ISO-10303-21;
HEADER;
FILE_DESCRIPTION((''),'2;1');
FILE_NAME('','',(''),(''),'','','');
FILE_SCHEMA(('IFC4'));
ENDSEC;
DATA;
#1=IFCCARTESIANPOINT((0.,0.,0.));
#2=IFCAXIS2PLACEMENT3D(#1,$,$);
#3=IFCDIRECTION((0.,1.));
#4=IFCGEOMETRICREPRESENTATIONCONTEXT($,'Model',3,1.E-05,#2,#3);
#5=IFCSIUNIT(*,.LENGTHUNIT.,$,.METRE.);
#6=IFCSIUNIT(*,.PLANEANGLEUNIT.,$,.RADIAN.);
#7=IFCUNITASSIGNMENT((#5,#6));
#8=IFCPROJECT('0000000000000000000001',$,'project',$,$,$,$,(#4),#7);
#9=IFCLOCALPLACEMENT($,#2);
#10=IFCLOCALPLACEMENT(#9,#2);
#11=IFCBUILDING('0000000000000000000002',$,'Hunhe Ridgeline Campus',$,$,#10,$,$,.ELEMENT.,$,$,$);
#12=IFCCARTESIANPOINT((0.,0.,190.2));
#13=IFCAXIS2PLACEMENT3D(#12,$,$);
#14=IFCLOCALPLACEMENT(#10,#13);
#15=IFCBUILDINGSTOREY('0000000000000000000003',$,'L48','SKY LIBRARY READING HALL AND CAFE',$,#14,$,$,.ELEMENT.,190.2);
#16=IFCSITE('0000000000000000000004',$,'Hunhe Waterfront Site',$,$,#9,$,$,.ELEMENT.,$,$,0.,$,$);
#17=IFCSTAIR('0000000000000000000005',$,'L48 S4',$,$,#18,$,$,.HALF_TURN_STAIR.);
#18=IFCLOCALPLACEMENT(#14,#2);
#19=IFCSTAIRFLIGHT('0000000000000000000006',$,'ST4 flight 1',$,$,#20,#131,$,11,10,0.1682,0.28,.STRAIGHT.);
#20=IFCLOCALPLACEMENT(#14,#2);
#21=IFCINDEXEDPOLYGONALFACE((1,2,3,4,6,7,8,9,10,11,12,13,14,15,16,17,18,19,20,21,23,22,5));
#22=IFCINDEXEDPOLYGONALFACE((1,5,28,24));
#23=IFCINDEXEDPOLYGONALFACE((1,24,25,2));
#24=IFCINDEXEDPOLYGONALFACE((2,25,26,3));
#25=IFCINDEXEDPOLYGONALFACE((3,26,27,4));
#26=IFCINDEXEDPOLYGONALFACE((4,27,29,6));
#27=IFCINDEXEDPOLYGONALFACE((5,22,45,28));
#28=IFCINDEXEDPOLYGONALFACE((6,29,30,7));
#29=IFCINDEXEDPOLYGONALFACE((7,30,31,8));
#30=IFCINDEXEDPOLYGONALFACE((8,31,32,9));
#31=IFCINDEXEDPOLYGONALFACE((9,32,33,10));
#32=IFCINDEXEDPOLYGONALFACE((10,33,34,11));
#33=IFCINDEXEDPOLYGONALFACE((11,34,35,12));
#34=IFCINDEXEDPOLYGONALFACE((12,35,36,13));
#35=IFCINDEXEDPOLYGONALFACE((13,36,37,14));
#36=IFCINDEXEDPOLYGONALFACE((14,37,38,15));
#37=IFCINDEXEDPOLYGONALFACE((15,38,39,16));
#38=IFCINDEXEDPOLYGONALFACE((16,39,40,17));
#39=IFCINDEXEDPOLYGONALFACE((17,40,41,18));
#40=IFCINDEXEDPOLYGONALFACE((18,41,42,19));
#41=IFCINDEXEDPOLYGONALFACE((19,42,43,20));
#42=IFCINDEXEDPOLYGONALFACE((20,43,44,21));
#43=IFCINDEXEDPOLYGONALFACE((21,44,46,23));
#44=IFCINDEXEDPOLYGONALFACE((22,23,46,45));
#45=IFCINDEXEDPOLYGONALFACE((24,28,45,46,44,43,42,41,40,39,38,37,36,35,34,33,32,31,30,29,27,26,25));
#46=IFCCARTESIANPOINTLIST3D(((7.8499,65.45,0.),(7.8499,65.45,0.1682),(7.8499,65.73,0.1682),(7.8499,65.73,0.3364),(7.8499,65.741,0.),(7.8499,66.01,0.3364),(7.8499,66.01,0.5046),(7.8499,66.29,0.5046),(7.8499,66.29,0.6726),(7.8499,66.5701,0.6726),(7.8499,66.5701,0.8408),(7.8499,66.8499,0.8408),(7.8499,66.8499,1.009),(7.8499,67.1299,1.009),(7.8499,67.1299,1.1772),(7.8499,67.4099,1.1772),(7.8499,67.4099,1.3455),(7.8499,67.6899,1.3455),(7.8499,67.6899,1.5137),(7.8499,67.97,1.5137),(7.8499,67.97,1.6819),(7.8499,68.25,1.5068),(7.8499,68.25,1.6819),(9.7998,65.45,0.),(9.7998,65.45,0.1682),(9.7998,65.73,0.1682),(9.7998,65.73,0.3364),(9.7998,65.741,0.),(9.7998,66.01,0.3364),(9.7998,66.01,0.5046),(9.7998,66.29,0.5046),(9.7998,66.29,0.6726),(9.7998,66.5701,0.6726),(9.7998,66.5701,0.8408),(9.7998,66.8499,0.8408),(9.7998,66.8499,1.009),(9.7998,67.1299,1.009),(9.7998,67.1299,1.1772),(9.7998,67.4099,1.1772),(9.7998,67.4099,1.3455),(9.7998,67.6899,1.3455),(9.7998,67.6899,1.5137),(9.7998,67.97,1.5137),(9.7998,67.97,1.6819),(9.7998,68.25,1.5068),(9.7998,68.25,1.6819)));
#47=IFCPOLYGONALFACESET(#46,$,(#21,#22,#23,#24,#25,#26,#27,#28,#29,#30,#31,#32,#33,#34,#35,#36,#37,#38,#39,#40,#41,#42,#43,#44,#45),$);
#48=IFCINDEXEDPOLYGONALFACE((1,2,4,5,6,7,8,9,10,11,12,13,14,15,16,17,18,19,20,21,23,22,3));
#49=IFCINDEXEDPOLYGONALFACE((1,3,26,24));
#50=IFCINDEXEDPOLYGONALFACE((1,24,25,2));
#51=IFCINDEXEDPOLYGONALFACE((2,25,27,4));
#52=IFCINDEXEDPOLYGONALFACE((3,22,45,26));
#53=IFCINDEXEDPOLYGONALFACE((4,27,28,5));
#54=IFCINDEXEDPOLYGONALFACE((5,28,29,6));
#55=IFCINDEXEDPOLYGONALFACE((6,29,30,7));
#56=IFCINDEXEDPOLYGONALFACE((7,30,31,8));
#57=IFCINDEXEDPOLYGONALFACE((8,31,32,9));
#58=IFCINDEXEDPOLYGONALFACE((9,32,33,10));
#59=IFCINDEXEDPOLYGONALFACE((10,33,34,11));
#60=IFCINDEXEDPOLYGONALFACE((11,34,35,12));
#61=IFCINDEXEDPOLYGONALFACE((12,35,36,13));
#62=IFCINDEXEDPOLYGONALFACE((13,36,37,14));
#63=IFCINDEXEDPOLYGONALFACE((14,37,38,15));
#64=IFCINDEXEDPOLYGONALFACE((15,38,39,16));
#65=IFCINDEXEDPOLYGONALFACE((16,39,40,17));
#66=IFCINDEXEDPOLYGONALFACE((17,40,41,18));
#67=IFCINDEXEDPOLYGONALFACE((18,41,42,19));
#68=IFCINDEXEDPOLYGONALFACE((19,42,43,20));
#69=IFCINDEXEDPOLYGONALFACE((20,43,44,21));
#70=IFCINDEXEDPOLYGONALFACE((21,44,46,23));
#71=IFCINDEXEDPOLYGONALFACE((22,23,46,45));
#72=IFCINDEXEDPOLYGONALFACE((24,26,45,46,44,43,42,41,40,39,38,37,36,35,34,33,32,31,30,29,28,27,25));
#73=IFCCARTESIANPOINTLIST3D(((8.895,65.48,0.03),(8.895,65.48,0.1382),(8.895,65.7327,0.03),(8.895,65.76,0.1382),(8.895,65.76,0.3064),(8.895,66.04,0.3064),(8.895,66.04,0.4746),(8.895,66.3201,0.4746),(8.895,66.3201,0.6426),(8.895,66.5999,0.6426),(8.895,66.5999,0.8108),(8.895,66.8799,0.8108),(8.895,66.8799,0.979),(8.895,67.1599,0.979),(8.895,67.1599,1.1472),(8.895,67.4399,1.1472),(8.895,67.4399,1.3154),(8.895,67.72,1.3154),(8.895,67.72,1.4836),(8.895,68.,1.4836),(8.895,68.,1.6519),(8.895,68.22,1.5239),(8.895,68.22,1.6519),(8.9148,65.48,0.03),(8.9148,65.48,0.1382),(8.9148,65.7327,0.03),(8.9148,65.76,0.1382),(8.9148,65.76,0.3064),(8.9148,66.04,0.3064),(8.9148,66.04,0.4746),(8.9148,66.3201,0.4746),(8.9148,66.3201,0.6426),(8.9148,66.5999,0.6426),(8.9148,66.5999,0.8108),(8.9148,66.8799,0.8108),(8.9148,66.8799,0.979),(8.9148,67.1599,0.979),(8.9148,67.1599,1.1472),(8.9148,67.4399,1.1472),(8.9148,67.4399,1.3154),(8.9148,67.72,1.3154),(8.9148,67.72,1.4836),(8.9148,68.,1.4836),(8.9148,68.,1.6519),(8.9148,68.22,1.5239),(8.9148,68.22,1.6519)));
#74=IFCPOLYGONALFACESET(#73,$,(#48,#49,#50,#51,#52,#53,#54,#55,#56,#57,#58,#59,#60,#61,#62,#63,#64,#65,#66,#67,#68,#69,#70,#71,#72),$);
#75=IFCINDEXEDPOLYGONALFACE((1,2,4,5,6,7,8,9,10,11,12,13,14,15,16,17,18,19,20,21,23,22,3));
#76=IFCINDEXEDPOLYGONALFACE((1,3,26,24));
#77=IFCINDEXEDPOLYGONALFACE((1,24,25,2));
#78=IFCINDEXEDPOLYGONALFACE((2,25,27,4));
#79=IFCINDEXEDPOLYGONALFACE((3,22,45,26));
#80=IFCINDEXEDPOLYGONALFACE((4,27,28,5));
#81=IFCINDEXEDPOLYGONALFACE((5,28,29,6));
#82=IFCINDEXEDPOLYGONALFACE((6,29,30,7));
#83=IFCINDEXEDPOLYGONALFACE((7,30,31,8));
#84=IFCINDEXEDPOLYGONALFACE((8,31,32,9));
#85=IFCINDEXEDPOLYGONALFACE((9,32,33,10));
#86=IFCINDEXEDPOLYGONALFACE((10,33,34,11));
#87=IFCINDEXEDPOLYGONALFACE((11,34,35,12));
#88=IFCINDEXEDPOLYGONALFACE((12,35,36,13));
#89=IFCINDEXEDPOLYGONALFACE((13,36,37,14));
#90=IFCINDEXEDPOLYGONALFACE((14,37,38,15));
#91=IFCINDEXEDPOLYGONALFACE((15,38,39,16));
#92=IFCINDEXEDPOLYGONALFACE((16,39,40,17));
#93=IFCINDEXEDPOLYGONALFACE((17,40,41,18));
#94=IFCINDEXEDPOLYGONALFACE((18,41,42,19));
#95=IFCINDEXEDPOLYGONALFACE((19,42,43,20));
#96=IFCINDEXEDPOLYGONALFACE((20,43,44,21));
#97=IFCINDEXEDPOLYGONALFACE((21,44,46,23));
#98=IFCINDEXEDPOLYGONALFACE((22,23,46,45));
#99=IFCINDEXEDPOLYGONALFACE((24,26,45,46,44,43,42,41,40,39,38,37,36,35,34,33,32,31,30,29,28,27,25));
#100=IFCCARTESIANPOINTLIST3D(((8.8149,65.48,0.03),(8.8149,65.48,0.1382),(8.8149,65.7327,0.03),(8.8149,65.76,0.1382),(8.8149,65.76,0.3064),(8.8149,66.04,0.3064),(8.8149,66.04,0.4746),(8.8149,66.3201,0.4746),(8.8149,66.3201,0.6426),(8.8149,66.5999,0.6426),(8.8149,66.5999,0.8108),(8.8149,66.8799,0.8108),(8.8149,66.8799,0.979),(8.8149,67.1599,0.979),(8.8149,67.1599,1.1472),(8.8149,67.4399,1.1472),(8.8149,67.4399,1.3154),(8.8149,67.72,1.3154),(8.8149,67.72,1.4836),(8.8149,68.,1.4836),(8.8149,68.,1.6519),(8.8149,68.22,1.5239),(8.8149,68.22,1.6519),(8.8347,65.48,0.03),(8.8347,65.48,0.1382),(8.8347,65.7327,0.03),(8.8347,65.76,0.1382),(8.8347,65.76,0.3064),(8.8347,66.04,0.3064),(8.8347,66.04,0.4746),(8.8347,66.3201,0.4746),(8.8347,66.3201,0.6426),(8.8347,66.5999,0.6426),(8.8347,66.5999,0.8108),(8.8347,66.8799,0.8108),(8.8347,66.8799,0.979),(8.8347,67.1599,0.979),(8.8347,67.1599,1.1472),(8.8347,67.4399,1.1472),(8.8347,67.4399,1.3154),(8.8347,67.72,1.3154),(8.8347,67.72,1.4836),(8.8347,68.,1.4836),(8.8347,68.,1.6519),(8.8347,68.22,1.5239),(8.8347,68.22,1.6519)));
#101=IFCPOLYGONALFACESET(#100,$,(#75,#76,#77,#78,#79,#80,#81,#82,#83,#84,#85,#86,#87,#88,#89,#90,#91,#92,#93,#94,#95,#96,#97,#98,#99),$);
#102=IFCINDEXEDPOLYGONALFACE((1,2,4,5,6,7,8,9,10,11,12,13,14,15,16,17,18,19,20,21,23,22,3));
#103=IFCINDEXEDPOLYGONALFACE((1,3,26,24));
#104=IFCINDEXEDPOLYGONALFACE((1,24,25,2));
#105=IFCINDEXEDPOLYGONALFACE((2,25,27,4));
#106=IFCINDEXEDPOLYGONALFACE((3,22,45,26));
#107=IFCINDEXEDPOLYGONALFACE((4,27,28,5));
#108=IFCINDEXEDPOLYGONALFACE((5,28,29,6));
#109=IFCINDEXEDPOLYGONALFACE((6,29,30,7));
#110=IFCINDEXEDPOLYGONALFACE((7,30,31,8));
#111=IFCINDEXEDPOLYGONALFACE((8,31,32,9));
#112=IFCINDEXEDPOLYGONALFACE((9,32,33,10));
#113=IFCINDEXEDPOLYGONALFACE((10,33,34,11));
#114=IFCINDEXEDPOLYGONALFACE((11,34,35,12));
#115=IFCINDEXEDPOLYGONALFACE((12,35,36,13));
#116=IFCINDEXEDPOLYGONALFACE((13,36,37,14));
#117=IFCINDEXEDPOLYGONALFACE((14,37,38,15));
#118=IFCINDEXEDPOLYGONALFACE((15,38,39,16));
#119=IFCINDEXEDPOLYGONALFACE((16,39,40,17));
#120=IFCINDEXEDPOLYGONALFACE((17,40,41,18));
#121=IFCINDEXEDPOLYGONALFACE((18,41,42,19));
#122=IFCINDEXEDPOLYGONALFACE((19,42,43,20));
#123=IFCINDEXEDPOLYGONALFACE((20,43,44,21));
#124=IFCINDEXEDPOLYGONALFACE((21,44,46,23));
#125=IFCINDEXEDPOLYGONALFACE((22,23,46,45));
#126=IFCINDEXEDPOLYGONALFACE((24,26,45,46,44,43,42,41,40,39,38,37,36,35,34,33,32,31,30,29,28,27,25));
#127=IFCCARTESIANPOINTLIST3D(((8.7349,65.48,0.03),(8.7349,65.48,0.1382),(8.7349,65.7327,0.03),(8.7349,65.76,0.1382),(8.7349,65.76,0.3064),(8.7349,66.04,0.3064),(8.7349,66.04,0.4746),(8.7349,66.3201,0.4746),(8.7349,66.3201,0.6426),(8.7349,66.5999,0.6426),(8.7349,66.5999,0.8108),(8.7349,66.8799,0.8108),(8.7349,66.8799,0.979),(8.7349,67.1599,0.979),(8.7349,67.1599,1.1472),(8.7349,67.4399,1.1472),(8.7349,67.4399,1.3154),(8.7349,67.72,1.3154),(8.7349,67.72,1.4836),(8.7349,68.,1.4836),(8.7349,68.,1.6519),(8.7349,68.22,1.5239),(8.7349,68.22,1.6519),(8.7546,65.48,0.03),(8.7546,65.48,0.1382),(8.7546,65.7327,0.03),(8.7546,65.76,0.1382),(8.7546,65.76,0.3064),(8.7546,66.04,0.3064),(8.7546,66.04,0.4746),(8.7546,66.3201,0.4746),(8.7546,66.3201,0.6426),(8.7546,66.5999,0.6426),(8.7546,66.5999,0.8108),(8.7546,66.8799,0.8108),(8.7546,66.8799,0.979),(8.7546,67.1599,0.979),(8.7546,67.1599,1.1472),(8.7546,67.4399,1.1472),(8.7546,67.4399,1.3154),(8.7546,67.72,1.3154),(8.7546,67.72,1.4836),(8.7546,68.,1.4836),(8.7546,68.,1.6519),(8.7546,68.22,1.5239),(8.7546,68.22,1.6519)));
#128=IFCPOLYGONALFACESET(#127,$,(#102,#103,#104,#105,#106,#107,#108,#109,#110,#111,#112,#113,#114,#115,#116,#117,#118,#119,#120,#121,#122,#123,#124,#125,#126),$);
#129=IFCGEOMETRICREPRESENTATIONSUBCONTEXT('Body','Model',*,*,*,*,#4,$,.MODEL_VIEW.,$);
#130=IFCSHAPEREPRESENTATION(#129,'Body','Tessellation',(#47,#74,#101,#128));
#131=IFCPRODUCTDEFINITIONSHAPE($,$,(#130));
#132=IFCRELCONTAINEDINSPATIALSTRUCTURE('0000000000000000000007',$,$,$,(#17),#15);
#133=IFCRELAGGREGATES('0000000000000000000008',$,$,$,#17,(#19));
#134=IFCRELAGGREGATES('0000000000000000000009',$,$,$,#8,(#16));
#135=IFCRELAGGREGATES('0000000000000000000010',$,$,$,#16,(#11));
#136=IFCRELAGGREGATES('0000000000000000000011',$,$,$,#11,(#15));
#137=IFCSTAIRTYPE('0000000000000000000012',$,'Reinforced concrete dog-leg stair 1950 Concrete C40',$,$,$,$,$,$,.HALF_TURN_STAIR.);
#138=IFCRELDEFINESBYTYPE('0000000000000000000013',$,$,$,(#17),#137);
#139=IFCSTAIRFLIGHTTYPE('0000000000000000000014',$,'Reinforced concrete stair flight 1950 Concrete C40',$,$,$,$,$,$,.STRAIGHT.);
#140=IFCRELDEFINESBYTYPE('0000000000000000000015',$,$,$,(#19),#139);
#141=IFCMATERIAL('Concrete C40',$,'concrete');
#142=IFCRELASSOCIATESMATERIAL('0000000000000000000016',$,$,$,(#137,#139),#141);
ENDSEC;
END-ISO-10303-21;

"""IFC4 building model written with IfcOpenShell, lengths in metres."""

from ifc_helpers import new_model, si_unit, direction, frame, origin, place, context, subcontext, project, spatial, polyline, outline, extrude, material, type_object, element, aggregate, save


model = new_model("IFC4")

# Units and contexts
model_context = context("Model", 3, precision=1e-05, world=origin(), true_north=direction((0.0, 1.0)))
body_context = subcontext(model_context, "Body", "Model", "MODEL_VIEW")
ifc_project = project(units=[si_unit("LENGTHUNIT", "METRE"), si_unit("PLANEANGLEUNIT", "RADIAN")], contexts=[model_context])

# Site, building, storey
site_placement = place(None, origin())
site = spatial("IfcSite", under=ifc_project, at=site_placement, Name="Hunhe Waterfront Site", CompositionType="ELEMENT", RefElevation=0.0)
building_placement = place(site_placement, origin())
building = spatial("IfcBuilding", under=site, at=building_placement, Name="Hunhe Ridgeline Campus", CompositionType="ELEMENT")
storey_placement = place(building_placement, frame((0.0, 0.0, 190.2)))
storey = spatial("IfcBuildingStorey", under=building, at=storey_placement, Name="L48", Description="SKY LIBRARY READING HALL AND CAFE", CompositionType="ELEMENT", Elevation=190.2)

# Shared definitions
ifc_material_1 = material(Name="Concrete C40", Category="concrete")
stair_type = type_object("IfcStairType", Name="Reinforced concrete dog-leg stair 1950 Concrete C40", PredefinedType="HALF_TURN_STAIR", material=ifc_material_1)
stair_flight_type = type_object("IfcStairFlightType", Name="Reinforced concrete stair flight 1950 Concrete C40", PredefinedType="STRAIGHT", material=ifc_material_1)

# Stair, stair flight
stair_1_placement = place(storey_placement, origin())
stair_1 = element("IfcStair", 1, at=stair_1_placement, inside=storey, type_object=stair_type, Name="L48 S4", PredefinedType="HALF_TURN_STAIR")
stair_flight_1_placement = place(storey_placement, frame((8.825, 65.45, 0.0), z_axis=(0.0, 0.0, 1.0), x_axis=(0.0, 1.0, 0.0)))
stair_flight_1 = element("IfcStairFlight", 2, at=stair_flight_1_placement, type_object=stair_flight_type, Name="ST4 flight 1", NumberOfRisers=11, NumberOfTreads=10, PredefinedType="STRAIGHT", RiserHeight=0.1682, TreadLength=0.28, context=body_context, shape_type="SweptSolid", body=[
    extrude(outline(polyline([(0.0, 0.0), (0.0, 0.1682), (0.28, 0.1682), (0.28, 0.3364), (0.5601, 0.3364), (0.5601, 0.5046), (0.8401, 0.5046), (0.8401, 0.6726), (1.1201, 0.6726), (1.1201, 0.8408), (1.3999, 0.8408), (1.3999, 1.009), (1.6799, 1.009), (1.6799, 1.1772), (1.96, 1.1772), (1.96, 1.3455), (2.24, 1.3455), (2.24, 1.5137), (2.52, 1.5137), (2.52, 1.6819), (2.8, 1.6819), (2.8, 1.8501), (2.8, 1.5068), (0.291, 0.0), (0.0, 0.0)])), frame((0.0, 0.9751, 0.0), z_axis=(0.0, -1.0, 0.0), x_axis=(1.0, 0.0, 0.0)), (0.0, 0.0, 1.0), 1.95),
    extrude(outline(polyline([(0.03, 0.03), (0.03, 0.1382), (0.3101, 0.1382), (0.3101, 0.3064), (0.5901, 0.3064), (0.5901, 0.4746), (0.8701, 0.4746), (0.8701, 0.6426), (1.1499, 0.6426), (1.1499, 0.8108), (1.4299, 0.8108), (1.4299, 0.979), (1.71, 0.979), (1.71, 1.1472), (1.99, 1.1472), (1.99, 1.3154), (2.27, 1.3154), (2.27, 1.4836), (2.55, 1.4836), (2.55, 1.6519), (2.77, 1.6519), (2.77, 1.5239), (0.2827, 0.03), (0.03, 0.03)])), frame((0.0, -0.0701, 0.0), z_axis=(0.0, -1.0, 0.0), x_axis=(1.0, 0.0, 0.0)), (0.0, 0.0, 1.0), 0.0198),
    extrude(outline(polyline([(0.03, 0.03), (0.03, 0.1382), (0.3101, 0.1382), (0.3101, 0.3064), (0.5901, 0.3064), (0.5901, 0.4746), (0.8701, 0.4746), (0.8701, 0.6426), (1.1499, 0.6426), (1.1499, 0.8108), (1.4299, 0.8108), (1.4299, 0.979), (1.71, 0.979), (1.71, 1.1472), (1.99, 1.1472), (1.99, 1.3154), (2.27, 1.3154), (2.27, 1.4836), (2.55, 1.4836), (2.55, 1.6519), (2.77, 1.6519), (2.77, 1.5239), (0.2827, 0.03), (0.03, 0.03)])), frame((0.0, 0.01, 0.0), z_axis=(0.0, -1.0, 0.0), x_axis=(1.0, 0.0, 0.0)), (0.0, 0.0, 1.0), 0.0198),
    extrude(outline(polyline([(0.03, 0.03), (0.03, 0.1382), (0.3101, 0.1382), (0.3101, 0.3064), (0.5901, 0.3064), (0.5901, 0.4746), (0.8701, 0.4746), (0.8701, 0.6426), (1.1499, 0.6426), (1.1499, 0.8108), (1.4299, 0.8108), (1.4299, 0.979), (1.71, 0.979), (1.71, 1.1472), (1.99, 1.1472), (1.99, 1.3154), (2.27, 1.3154), (2.27, 1.4836), (2.55, 1.4836), (2.55, 1.6519), (2.77, 1.6519), (2.77, 1.5239), (0.2827, 0.03), (0.03, 0.03)])), frame((0.0, 0.0901, 0.0), z_axis=(0.0, -1.0, 0.0), x_axis=(1.0, 0.0, 0.0)), (0.0, 0.0, 1.0), 0.0198),
])
aggregate(stair_1, [stair_flight_1])

save(model, "model.ifc")
